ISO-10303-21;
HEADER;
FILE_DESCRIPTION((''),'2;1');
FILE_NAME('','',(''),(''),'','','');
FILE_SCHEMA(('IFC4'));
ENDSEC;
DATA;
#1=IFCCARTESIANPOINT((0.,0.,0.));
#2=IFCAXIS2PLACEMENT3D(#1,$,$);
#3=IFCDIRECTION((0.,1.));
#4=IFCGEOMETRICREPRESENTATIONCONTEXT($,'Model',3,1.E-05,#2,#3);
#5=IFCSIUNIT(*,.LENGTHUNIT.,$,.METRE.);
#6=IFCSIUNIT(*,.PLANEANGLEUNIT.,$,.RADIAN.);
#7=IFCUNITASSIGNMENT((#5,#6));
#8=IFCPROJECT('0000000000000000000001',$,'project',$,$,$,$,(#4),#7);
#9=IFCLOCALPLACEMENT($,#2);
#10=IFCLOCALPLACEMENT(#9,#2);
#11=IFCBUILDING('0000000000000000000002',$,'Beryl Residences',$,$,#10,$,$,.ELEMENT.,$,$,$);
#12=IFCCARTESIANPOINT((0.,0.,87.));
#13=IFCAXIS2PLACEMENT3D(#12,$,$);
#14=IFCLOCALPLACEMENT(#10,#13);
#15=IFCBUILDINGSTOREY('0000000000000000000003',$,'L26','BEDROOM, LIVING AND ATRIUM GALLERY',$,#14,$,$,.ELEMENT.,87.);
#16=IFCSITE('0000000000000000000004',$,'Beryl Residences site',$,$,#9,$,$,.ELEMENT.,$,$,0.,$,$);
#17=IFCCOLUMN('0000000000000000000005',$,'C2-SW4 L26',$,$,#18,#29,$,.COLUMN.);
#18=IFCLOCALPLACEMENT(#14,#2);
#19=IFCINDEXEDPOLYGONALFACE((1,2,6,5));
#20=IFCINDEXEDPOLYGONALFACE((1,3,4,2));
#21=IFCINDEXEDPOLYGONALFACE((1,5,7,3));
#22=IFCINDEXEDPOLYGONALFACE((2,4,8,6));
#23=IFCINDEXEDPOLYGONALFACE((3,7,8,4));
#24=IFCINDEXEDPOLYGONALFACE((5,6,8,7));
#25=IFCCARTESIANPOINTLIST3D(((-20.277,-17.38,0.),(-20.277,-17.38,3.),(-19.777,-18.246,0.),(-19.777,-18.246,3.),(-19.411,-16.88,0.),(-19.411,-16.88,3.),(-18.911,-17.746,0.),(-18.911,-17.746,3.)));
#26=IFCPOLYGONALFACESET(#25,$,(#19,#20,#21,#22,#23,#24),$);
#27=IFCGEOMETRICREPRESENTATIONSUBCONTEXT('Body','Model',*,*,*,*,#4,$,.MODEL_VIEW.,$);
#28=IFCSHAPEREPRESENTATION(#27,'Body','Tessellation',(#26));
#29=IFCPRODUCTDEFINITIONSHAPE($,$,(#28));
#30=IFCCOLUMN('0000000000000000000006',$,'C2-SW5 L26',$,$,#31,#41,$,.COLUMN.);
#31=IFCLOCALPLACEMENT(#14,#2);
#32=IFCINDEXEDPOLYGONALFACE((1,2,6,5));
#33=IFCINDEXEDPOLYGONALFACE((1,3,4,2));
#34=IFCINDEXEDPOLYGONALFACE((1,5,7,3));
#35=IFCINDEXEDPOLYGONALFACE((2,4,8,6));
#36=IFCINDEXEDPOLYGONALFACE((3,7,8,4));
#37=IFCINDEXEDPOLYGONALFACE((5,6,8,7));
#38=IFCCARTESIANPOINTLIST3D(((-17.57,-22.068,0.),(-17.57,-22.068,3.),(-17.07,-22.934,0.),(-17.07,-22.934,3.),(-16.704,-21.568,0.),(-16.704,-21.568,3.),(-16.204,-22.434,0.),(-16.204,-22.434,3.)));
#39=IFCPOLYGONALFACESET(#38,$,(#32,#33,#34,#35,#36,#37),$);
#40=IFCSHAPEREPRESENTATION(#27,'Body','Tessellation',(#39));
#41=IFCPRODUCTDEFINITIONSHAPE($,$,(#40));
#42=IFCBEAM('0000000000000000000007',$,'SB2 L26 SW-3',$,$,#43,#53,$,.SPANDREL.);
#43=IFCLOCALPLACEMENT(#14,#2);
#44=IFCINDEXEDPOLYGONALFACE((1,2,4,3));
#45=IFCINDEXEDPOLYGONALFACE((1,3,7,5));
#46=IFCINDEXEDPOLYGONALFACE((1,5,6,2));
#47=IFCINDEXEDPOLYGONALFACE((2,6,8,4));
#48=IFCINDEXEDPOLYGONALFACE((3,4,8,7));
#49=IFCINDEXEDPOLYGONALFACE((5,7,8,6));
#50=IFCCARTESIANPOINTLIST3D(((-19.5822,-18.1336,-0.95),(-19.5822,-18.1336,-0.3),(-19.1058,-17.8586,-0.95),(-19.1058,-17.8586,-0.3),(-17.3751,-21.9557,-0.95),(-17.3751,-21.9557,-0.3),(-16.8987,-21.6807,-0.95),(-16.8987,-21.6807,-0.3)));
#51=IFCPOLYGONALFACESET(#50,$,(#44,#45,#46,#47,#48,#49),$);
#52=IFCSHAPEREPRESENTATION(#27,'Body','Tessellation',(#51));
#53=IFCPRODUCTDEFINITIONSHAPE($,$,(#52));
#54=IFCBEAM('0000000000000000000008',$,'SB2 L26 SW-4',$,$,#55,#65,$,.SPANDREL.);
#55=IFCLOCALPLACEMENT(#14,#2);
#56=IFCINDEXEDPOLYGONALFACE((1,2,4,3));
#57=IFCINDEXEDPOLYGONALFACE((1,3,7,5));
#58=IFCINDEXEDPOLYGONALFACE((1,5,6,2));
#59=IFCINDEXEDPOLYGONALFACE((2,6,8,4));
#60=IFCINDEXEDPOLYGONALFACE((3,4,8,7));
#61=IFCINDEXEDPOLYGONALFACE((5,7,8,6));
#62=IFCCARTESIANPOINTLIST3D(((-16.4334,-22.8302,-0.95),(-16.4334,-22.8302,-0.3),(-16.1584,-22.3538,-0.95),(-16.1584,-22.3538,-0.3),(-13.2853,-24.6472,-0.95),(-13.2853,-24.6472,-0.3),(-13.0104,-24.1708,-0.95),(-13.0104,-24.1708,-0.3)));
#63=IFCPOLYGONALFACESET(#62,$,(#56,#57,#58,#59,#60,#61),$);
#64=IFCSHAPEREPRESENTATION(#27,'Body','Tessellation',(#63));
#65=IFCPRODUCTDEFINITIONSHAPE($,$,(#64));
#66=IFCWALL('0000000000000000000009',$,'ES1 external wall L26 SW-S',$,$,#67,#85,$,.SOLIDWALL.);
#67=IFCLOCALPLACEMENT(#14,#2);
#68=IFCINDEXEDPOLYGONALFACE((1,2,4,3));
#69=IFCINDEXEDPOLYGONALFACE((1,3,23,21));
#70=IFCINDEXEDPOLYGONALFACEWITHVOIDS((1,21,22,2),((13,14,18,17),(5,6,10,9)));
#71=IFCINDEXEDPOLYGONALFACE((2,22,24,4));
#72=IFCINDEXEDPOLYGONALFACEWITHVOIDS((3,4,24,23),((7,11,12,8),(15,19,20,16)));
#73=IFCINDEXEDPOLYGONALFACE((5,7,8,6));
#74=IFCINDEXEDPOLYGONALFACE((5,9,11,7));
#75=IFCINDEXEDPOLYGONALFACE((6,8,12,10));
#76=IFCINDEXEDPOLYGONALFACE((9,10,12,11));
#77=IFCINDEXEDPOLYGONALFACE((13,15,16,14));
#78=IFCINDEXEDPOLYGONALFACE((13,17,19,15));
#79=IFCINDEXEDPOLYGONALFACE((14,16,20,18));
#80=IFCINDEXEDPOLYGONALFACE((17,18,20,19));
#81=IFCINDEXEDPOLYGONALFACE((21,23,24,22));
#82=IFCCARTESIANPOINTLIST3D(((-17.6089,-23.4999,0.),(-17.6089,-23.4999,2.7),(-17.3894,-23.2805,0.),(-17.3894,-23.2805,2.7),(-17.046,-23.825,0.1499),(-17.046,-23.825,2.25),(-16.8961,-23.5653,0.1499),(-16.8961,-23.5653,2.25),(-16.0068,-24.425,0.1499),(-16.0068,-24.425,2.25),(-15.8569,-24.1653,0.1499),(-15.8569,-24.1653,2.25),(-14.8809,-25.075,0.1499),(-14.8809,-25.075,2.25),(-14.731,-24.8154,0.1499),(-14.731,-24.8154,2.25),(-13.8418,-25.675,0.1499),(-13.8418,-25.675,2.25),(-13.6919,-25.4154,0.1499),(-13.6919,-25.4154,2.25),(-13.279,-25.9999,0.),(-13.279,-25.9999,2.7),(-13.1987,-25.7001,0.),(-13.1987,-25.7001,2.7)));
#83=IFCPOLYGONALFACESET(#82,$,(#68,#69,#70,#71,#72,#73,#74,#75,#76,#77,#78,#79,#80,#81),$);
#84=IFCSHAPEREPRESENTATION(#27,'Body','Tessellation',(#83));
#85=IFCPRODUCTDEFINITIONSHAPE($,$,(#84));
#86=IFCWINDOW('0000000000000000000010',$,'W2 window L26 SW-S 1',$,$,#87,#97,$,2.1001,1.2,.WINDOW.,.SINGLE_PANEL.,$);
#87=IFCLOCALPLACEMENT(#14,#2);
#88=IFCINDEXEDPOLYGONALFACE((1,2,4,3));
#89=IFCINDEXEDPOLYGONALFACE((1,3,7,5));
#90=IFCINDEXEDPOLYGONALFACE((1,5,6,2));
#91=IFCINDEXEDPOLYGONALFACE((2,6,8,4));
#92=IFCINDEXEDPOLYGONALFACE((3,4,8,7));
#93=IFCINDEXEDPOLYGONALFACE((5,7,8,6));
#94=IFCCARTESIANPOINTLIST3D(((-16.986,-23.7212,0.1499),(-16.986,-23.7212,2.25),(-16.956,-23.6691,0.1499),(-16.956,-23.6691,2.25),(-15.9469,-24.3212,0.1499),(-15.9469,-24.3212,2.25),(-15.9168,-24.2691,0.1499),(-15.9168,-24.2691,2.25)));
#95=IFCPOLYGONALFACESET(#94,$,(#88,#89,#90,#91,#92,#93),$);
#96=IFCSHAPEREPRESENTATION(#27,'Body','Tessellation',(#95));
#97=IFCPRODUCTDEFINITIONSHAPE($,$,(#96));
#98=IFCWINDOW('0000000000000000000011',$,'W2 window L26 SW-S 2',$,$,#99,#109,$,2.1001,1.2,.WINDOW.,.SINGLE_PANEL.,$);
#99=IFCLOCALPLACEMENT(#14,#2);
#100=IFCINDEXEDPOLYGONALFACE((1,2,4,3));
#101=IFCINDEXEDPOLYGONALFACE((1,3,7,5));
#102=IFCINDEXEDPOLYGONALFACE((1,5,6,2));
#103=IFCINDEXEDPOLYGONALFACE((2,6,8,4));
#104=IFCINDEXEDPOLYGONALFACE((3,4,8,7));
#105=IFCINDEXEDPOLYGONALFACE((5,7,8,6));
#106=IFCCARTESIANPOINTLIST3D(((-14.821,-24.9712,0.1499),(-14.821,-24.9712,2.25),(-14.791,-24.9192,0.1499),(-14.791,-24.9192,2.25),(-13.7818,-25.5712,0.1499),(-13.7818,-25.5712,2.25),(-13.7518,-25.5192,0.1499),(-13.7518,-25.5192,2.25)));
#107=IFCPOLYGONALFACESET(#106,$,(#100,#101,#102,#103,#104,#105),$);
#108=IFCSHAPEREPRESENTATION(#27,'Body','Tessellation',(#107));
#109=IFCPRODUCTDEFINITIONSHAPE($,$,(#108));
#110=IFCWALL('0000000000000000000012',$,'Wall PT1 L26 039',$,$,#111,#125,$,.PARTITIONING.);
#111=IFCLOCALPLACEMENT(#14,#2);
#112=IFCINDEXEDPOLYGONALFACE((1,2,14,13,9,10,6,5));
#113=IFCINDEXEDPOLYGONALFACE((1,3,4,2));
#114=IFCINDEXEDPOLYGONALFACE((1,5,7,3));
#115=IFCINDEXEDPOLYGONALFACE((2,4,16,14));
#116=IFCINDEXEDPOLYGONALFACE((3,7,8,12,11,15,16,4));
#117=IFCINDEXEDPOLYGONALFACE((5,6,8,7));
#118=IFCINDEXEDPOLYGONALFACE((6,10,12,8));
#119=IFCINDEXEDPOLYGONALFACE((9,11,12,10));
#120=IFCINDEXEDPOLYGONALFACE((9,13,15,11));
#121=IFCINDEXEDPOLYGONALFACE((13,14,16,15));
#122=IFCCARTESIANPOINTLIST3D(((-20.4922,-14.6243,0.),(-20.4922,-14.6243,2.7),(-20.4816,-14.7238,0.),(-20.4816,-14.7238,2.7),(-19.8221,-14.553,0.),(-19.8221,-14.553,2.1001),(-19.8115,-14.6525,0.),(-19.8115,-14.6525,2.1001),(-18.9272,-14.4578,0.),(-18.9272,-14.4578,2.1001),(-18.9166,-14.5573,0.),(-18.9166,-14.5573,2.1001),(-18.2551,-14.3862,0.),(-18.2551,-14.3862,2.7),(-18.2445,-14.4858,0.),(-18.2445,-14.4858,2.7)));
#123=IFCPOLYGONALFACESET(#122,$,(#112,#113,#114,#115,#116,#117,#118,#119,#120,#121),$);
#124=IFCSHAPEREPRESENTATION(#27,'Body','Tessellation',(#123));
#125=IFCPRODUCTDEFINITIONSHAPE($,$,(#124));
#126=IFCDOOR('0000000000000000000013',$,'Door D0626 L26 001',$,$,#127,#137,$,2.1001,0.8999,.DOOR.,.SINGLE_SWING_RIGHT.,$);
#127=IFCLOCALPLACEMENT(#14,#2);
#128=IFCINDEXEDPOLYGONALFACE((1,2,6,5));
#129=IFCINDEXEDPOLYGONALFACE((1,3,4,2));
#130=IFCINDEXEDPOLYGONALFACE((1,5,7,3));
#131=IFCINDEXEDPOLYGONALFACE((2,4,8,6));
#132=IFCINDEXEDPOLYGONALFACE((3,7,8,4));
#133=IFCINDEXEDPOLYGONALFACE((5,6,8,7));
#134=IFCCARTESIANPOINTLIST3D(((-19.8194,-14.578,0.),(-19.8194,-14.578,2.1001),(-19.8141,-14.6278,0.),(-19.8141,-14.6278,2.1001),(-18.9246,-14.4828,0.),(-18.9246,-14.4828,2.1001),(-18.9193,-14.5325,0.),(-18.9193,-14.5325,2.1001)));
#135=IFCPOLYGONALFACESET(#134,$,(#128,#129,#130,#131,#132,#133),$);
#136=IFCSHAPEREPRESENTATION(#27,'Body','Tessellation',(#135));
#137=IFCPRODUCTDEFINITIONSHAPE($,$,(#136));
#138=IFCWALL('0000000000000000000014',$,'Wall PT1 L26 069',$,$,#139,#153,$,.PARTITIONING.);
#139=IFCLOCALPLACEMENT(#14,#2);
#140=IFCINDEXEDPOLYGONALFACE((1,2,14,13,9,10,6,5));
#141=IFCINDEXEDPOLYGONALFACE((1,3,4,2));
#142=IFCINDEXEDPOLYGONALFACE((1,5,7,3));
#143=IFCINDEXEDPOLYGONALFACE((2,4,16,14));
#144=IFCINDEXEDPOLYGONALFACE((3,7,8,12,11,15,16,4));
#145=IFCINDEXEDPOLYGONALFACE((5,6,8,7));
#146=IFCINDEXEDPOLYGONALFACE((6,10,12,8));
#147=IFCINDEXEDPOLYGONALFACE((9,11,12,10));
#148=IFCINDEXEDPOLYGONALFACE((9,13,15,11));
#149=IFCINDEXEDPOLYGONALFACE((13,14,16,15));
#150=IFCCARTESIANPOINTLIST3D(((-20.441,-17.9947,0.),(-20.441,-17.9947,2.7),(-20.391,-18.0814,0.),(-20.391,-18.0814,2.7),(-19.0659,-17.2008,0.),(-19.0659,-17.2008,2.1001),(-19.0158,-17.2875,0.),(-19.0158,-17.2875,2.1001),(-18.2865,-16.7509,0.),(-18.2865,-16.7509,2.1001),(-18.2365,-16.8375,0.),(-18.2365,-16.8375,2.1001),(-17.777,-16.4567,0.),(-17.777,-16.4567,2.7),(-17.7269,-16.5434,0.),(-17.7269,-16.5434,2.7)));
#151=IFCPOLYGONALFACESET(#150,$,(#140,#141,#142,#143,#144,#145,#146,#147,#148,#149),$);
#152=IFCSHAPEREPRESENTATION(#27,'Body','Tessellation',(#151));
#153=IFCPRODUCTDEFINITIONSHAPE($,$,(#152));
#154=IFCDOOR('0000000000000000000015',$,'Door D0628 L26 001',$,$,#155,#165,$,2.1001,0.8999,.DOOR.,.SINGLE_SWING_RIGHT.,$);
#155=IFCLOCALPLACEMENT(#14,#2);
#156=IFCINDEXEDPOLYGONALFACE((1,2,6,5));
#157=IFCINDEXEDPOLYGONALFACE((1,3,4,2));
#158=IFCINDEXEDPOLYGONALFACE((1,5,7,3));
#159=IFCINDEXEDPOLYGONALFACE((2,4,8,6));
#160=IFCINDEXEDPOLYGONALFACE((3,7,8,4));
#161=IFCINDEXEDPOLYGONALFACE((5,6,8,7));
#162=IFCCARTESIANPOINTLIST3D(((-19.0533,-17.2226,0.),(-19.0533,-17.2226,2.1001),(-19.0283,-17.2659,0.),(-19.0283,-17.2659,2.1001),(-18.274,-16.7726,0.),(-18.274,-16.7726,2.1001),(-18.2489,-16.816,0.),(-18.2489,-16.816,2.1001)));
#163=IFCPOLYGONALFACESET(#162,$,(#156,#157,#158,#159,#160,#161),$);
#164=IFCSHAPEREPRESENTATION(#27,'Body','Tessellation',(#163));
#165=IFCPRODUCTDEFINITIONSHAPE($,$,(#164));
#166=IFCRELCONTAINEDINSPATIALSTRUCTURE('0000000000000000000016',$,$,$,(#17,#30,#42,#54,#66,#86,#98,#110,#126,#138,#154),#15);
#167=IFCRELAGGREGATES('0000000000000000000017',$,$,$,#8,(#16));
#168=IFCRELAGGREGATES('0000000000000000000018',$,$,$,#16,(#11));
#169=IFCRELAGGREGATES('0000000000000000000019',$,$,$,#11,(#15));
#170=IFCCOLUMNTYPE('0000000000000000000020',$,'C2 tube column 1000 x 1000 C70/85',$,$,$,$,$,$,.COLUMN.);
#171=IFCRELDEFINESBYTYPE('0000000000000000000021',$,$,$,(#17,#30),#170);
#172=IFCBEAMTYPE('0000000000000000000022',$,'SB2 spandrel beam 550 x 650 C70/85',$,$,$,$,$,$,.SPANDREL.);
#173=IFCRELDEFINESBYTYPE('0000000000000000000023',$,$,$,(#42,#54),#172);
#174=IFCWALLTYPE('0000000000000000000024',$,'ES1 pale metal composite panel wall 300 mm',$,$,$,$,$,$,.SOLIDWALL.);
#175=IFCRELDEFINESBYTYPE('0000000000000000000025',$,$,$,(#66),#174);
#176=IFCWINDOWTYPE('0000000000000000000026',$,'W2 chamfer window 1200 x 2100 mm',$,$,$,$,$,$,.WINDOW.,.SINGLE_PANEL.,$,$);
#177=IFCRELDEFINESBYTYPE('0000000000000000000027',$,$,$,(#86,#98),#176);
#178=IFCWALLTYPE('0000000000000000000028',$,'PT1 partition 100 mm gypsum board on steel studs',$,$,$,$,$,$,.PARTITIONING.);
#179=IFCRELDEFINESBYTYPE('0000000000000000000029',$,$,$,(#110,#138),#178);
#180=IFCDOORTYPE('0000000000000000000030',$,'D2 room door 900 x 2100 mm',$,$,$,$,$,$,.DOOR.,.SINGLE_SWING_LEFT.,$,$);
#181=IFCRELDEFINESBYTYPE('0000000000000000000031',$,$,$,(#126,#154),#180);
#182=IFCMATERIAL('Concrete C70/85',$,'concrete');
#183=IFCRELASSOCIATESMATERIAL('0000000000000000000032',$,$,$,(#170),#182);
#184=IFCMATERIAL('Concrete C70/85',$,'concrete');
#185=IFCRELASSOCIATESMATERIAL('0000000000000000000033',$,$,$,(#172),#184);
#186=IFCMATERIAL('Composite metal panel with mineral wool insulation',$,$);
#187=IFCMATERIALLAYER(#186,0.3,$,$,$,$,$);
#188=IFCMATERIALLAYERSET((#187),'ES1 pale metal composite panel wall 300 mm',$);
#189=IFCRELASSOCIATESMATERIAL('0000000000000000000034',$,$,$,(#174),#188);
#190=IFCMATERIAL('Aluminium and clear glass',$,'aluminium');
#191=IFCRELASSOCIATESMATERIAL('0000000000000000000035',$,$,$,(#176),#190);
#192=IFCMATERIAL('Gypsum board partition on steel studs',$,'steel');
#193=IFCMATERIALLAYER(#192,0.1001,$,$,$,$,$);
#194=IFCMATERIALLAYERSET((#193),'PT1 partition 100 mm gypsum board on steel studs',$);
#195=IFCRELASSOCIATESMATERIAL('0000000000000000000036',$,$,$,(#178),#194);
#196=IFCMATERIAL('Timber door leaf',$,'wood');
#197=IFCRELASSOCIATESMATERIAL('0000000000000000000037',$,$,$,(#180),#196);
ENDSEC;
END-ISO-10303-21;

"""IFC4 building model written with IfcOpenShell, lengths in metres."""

from ifc_helpers import new_model, si_unit, direction, frame, frame_2d, origin, origin_2d, place, context, subcontext, project, spatial, polyline, rectangle, outline, extrude, material, layer, layer_set, material_profile, profile_set, type_object, element, fill, save


model = new_model("IFC4")

# Units and contexts
model_context = context("Model", 3, precision=1e-05, world=origin(), true_north=direction((0.0, 1.0)))
body_context = subcontext(model_context, "Body", "Model", "MODEL_VIEW")
ifc_project = project(units=[si_unit("LENGTHUNIT", "METRE"), si_unit("PLANEANGLEUNIT", "RADIAN")], contexts=[model_context])

# Site, building, storey
site_placement = place(None, origin())
site = spatial("IfcSite", under=ifc_project, at=site_placement, Name="Beryl Residences site", CompositionType="ELEMENT", RefElevation=0.0)
building_placement = place(site_placement, origin())
building = spatial("IfcBuilding", under=site, at=building_placement, Name="Beryl Residences", CompositionType="ELEMENT")
storey_placement = place(building_placement, frame((0.0, 0.0, 87.0)))
storey = spatial("IfcBuildingStorey", under=building, at=storey_placement, Name="L26", Description="BEDROOM, LIVING AND ATRIUM GALLERY", CompositionType="ELEMENT", Elevation=87.0)

# Columns
ifc_material_1 = material(Name="Concrete C70/85", Category="concrete")
ifc_material_profile_1 = material_profile(ifc_material_1, rectangle(XDim=1.0, YDim=1.0, at=origin_2d()))
ifc_profile_set_1 = profile_set([ifc_material_profile_1], Name="Concrete C70/85")
column_type = type_object("IfcColumnType", Name="C2 tube column 1000 x 1000 C70/85", PredefinedType="COLUMN", material=ifc_profile_set_1)
for number, where, z_axis, x_axis, name in (
    (1, (-19.594, -17.563, 0.0), (0.0, 0.0, 1.0), (0.5, -0.866025, 0.0), "C2-SW4 L26"),
    (2, (-16.887, -22.251, 0.0), (0.0, 0.0, 1.0), (0.5, -0.866025, 0.0), "C2-SW5 L26"),
):
    element("IfcColumn", number, at=place(storey_placement, frame(where, z_axis=z_axis, x_axis=x_axis)), inside=storey, type_object=column_type, Name=name, PredefinedType="COLUMN", context=body_context, shape_type="SweptSolid", body=[
        extrude(rectangle(XDim=1.0, YDim=1.0, at=origin_2d()), origin(), (0.0, 0.0, 1.0), 3.0),
    ])

# Beams
ifc_material_2 = material(Name="Concrete C70/85", Category="concrete")
ifc_material_profile_2 = material_profile(ifc_material_2, rectangle(XDim=0.55, YDim=0.6499, at=origin_2d()))
ifc_profile_set_2 = profile_set([ifc_material_profile_2], Name="Concrete C70/85")
beam_type = type_object("IfcBeamType", Name="SB2 spandrel beam 550 x 650 C70/85", PredefinedType="SPANDREL", material=ifc_profile_set_2)
beam_1_placement = place(storey_placement, frame((-19.344, -17.9961, -0.625), z_axis=(0.500066, -0.865988, 0.0), x_axis=(0.865988, 0.500066, 0.0)))
element("IfcBeam", 3, at=beam_1_placement, inside=storey, type_object=beam_type, Name="SB2 L26 SW-3", PredefinedType="SPANDREL", context=body_context, shape_type="SweptSolid", body=[
    extrude(rectangle(XDim=0.55, YDim=0.6499, at=origin_2d()), origin(), (0.0, 0.0, 1.0), 4.4136),
])
beam_2_placement = place(storey_placement, frame((-16.2959, -22.592, -0.625), z_axis=(0.866094, -0.499881, 0.0), x_axis=(0.499881, 0.866094, 0.0)))
element("IfcBeam", 4, at=beam_2_placement, inside=storey, type_object=beam_type, Name="SB2 L26 SW-4", PredefinedType="SPANDREL", context=body_context, shape_type="SweptSolid", body=[
    extrude(rectangle(XDim=0.55, YDim=0.6499, at=origin_2d()), origin(), (0.0, 0.0, 1.0), 3.6348),
])

# Wall, openings, windows
ifc_material_3 = material(Name="Composite metal panel with mineral wool insulation")
ifc_layer_1 = layer(ifc_material_3, 0.3)
ifc_layer_set_1 = layer_set([ifc_layer_1], Name="ES1 pale metal composite panel wall 300 mm")
wall_type_1 = type_object("IfcWallType", Name="ES1 pale metal composite panel wall 300 mm", PredefinedType="SOLIDWALL", material=ifc_layer_set_1)
wall_1_placement = place(storey_placement, frame((-17.5339, -23.3701, 0.0), z_axis=(0.0, 0.0, 1.0), x_axis=(0.866011, -0.500025, 0.0)))
wall_1 = element("IfcWall", 5, at=wall_1_placement, inside=storey, type_object=wall_type_1, Name="ES1 external wall L26 SW-S", PredefinedType="SOLIDWALL", context=body_context, shape_type="SweptSolid", body=[
    extrude(outline(polyline([(0.0, -0.1499), (4.9998, -0.1499), (4.9194, 0.1499), (0.0803, 0.1499), (0.0, -0.1499)])), origin(), (0.0, 0.0, 1.0), 2.7),
])
opening_1_placement = place(wall_1_placement, frame((0.6499, 0.0, 0.1499)))
opening_1 = element("IfcOpeningElement", 6, at=opening_1_placement, cuts=wall_1, PredefinedType="OPENING", context=body_context, shape_type="SweptSolid", body=[
    extrude(rectangle(XDim=1.2, YDim=2.1001, at=frame_2d((0.6001, 1.05))), frame((0.0, 0.1599, 0.0), z_axis=(0.0, -1.0, 0.0), x_axis=(1.0, 0.0, 0.0)), (0.0, 0.0, 1.0), 0.3201),
])
opening_2_placement = place(wall_1_placement, frame((3.1499, 0.0, 0.1499)))
opening_2 = element("IfcOpeningElement", 7, at=opening_2_placement, cuts=wall_1, PredefinedType="OPENING", context=body_context, shape_type="SweptSolid", body=[
    extrude(rectangle(XDim=1.2, YDim=2.1001, at=frame_2d((0.6001, 1.05))), frame((0.0, 0.1599, 0.0), z_axis=(0.0, -1.0, 0.0), x_axis=(1.0, 0.0, 0.0)), (0.0, 0.0, 1.0), 0.3201),
])
ifc_material_4 = material(Name="Aluminium and clear glass", Category="aluminium")
window_type = type_object("IfcWindowType", Name="W2 chamfer window 1200 x 2100 mm", PartitioningType="SINGLE_PANEL", PredefinedType="WINDOW", material=ifc_material_4)
window_1_placement = place(opening_1_placement, origin())
window_1 = element("IfcWindow", 8, at=window_1_placement, inside=storey, type_object=window_type, Name="W2 window L26 SW-S 1", OverallHeight=2.1001, OverallWidth=1.2, PartitioningType="SINGLE_PANEL", PredefinedType="WINDOW", context=body_context, shape_type="SweptSolid", body=[
    extrude(rectangle(XDim=1.2, YDim=2.1001, at=frame_2d((0.6001, 1.05))), frame((0.0, 0.03, 0.0), z_axis=(0.0, -1.0, 0.0), x_axis=(1.0, 0.0, 0.0)), (0.0, 0.0, 1.0), 0.0601),
])
fill(opening_1, window_1)
window_2_placement = place(opening_2_placement, origin())
window_2 = element("IfcWindow", 9, at=window_2_placement, inside=storey, type_object=window_type, Name="W2 window L26 SW-S 2", OverallHeight=2.1001, OverallWidth=1.2, PartitioningType="SINGLE_PANEL", PredefinedType="WINDOW", context=body_context, shape_type="SweptSolid", body=[
    extrude(rectangle(XDim=1.2, YDim=2.1001, at=frame_2d((0.6001, 1.05))), frame((0.0, 0.03, 0.0), z_axis=(0.0, -1.0, 0.0), x_axis=(1.0, 0.0, 0.0)), (0.0, 0.0, 1.0), 0.0601),
])
fill(opening_2, window_2)

# Walls, openings, doors
ifc_material_5 = material(Name="Gypsum board partition on steel studs", Category="steel")
ifc_layer_2 = layer(ifc_material_5, 0.1001)
ifc_layer_set_2 = layer_set([ifc_layer_2], Name="PT1 partition 100 mm gypsum board on steel studs")
wall_type_2 = type_object("IfcWallType", Name="PT1 partition 100 mm gypsum board on steel studs", PredefinedType="PARTITIONING", material=ifc_layer_set_2)
wall_2_placement = place(storey_placement, frame((-20.4871, -14.6741, 0.0), z_axis=(0.0, 0.0, 1.0), x_axis=(0.994386, 0.105809, 0.0)))
wall_2 = element("IfcWall", 10, at=wall_2_placement, inside=storey, type_object=wall_type_2, Name="Wall PT1 L26 039", PredefinedType="PARTITIONING", context=body_context, shape_type="SweptSolid", body=[
    extrude(rectangle(XDim=2.2498, YDim=0.1001, at=frame_2d((1.125, 0.0))), origin(), (0.0, 0.0, 1.0), 2.7),
])
opening_3_placement = place(wall_2_placement, frame((0.6741, 0.0, 0.0)))
opening_3 = element("IfcOpeningElement", 11, at=opening_3_placement, cuts=wall_2, PredefinedType="OPENING", context=body_context, shape_type="SweptSolid", body=[
    extrude(rectangle(XDim=0.8999, YDim=2.1001, at=frame_2d((0.45, 1.05))), frame((0.0, 0.0601, 0.0), z_axis=(0.0, -1.0, 0.0), x_axis=(1.0, 0.0, 0.0)), (0.0, 0.0, 1.0), 0.1201),
])
ifc_material_6 = material(Name="Timber door leaf", Category="wood")
door_type_1 = type_object("IfcDoorType", Name="D2 room door 900 x 2100 mm", OperationType="SINGLE_SWING_LEFT", PredefinedType="DOOR", material=ifc_material_6)
door_1_placement = place(opening_3_placement, origin())
door_1 = element("IfcDoor", 12, at=door_1_placement, inside=storey, type_object=door_type_1, Name="Door D0626 L26 001", OperationType="SINGLE_SWING_RIGHT", OverallHeight=2.1001, OverallWidth=0.8999, PredefinedType="DOOR", context=body_context, shape_type="SweptSolid", body=[
    extrude(rectangle(XDim=0.8999, YDim=2.1001, at=frame_2d((0.45, 1.05))), frame((0.0, 0.0249, 0.0), z_axis=(0.0, -1.0, 0.0), x_axis=(1.0, 0.0, 0.0)), (0.0, 0.0, 1.0), 0.05),
])
fill(opening_3, door_1)
wall_3_placement = place(storey_placement, frame((-20.416, -18.0381, 0.0), z_axis=(0.0, 0.0, 1.0), x_axis=(0.866027, 0.499997, 0.0)))
wall_3 = element("IfcWall", 13, at=wall_3_placement, inside=storey, type_object=wall_type_2, Name="Wall PT1 L26 069", PredefinedType="PARTITIONING", context=body_context, shape_type="SweptSolid", body=[
    extrude(rectangle(XDim=3.0762, YDim=0.1001, at=frame_2d((1.5381, 0.0))), origin(), (0.0, 0.0, 1.0), 2.7),
])
opening_4_placement = place(wall_3_placement, frame((1.5879, 0.0, 0.0)))
opening_4 = element("IfcOpeningElement", 14, at=opening_4_placement, cuts=wall_3, PredefinedType="OPENING", context=body_context, shape_type="SweptSolid", body=[
    extrude(rectangle(XDim=0.8999, YDim=2.1001, at=frame_2d((0.45, 1.05))), frame((0.0, 0.0601, 0.0), z_axis=(0.0, -1.0, 0.0), x_axis=(1.0, 0.0, 0.0)), (0.0, 0.0, 1.0), 0.1201),
])
door_2_placement = place(opening_4_placement, origin())
door_2 = element("IfcDoor", 15, at=door_2_placement, inside=storey, type_object=door_type_1, Name="Door D0628 L26 001", OperationType="SINGLE_SWING_RIGHT", OverallHeight=2.1001, OverallWidth=0.8999, PredefinedType="DOOR", context=body_context, shape_type="SweptSolid", body=[
    extrude(rectangle(XDim=0.8999, YDim=2.1001, at=frame_2d((0.45, 1.05))), frame((0.0, 0.0249, 0.0), z_axis=(0.0, -1.0, 0.0), x_axis=(1.0, 0.0, 0.0)), (0.0, 0.0, 1.0), 0.05),
])
fill(opening_4, door_2)

save(model, "model.ifc")
